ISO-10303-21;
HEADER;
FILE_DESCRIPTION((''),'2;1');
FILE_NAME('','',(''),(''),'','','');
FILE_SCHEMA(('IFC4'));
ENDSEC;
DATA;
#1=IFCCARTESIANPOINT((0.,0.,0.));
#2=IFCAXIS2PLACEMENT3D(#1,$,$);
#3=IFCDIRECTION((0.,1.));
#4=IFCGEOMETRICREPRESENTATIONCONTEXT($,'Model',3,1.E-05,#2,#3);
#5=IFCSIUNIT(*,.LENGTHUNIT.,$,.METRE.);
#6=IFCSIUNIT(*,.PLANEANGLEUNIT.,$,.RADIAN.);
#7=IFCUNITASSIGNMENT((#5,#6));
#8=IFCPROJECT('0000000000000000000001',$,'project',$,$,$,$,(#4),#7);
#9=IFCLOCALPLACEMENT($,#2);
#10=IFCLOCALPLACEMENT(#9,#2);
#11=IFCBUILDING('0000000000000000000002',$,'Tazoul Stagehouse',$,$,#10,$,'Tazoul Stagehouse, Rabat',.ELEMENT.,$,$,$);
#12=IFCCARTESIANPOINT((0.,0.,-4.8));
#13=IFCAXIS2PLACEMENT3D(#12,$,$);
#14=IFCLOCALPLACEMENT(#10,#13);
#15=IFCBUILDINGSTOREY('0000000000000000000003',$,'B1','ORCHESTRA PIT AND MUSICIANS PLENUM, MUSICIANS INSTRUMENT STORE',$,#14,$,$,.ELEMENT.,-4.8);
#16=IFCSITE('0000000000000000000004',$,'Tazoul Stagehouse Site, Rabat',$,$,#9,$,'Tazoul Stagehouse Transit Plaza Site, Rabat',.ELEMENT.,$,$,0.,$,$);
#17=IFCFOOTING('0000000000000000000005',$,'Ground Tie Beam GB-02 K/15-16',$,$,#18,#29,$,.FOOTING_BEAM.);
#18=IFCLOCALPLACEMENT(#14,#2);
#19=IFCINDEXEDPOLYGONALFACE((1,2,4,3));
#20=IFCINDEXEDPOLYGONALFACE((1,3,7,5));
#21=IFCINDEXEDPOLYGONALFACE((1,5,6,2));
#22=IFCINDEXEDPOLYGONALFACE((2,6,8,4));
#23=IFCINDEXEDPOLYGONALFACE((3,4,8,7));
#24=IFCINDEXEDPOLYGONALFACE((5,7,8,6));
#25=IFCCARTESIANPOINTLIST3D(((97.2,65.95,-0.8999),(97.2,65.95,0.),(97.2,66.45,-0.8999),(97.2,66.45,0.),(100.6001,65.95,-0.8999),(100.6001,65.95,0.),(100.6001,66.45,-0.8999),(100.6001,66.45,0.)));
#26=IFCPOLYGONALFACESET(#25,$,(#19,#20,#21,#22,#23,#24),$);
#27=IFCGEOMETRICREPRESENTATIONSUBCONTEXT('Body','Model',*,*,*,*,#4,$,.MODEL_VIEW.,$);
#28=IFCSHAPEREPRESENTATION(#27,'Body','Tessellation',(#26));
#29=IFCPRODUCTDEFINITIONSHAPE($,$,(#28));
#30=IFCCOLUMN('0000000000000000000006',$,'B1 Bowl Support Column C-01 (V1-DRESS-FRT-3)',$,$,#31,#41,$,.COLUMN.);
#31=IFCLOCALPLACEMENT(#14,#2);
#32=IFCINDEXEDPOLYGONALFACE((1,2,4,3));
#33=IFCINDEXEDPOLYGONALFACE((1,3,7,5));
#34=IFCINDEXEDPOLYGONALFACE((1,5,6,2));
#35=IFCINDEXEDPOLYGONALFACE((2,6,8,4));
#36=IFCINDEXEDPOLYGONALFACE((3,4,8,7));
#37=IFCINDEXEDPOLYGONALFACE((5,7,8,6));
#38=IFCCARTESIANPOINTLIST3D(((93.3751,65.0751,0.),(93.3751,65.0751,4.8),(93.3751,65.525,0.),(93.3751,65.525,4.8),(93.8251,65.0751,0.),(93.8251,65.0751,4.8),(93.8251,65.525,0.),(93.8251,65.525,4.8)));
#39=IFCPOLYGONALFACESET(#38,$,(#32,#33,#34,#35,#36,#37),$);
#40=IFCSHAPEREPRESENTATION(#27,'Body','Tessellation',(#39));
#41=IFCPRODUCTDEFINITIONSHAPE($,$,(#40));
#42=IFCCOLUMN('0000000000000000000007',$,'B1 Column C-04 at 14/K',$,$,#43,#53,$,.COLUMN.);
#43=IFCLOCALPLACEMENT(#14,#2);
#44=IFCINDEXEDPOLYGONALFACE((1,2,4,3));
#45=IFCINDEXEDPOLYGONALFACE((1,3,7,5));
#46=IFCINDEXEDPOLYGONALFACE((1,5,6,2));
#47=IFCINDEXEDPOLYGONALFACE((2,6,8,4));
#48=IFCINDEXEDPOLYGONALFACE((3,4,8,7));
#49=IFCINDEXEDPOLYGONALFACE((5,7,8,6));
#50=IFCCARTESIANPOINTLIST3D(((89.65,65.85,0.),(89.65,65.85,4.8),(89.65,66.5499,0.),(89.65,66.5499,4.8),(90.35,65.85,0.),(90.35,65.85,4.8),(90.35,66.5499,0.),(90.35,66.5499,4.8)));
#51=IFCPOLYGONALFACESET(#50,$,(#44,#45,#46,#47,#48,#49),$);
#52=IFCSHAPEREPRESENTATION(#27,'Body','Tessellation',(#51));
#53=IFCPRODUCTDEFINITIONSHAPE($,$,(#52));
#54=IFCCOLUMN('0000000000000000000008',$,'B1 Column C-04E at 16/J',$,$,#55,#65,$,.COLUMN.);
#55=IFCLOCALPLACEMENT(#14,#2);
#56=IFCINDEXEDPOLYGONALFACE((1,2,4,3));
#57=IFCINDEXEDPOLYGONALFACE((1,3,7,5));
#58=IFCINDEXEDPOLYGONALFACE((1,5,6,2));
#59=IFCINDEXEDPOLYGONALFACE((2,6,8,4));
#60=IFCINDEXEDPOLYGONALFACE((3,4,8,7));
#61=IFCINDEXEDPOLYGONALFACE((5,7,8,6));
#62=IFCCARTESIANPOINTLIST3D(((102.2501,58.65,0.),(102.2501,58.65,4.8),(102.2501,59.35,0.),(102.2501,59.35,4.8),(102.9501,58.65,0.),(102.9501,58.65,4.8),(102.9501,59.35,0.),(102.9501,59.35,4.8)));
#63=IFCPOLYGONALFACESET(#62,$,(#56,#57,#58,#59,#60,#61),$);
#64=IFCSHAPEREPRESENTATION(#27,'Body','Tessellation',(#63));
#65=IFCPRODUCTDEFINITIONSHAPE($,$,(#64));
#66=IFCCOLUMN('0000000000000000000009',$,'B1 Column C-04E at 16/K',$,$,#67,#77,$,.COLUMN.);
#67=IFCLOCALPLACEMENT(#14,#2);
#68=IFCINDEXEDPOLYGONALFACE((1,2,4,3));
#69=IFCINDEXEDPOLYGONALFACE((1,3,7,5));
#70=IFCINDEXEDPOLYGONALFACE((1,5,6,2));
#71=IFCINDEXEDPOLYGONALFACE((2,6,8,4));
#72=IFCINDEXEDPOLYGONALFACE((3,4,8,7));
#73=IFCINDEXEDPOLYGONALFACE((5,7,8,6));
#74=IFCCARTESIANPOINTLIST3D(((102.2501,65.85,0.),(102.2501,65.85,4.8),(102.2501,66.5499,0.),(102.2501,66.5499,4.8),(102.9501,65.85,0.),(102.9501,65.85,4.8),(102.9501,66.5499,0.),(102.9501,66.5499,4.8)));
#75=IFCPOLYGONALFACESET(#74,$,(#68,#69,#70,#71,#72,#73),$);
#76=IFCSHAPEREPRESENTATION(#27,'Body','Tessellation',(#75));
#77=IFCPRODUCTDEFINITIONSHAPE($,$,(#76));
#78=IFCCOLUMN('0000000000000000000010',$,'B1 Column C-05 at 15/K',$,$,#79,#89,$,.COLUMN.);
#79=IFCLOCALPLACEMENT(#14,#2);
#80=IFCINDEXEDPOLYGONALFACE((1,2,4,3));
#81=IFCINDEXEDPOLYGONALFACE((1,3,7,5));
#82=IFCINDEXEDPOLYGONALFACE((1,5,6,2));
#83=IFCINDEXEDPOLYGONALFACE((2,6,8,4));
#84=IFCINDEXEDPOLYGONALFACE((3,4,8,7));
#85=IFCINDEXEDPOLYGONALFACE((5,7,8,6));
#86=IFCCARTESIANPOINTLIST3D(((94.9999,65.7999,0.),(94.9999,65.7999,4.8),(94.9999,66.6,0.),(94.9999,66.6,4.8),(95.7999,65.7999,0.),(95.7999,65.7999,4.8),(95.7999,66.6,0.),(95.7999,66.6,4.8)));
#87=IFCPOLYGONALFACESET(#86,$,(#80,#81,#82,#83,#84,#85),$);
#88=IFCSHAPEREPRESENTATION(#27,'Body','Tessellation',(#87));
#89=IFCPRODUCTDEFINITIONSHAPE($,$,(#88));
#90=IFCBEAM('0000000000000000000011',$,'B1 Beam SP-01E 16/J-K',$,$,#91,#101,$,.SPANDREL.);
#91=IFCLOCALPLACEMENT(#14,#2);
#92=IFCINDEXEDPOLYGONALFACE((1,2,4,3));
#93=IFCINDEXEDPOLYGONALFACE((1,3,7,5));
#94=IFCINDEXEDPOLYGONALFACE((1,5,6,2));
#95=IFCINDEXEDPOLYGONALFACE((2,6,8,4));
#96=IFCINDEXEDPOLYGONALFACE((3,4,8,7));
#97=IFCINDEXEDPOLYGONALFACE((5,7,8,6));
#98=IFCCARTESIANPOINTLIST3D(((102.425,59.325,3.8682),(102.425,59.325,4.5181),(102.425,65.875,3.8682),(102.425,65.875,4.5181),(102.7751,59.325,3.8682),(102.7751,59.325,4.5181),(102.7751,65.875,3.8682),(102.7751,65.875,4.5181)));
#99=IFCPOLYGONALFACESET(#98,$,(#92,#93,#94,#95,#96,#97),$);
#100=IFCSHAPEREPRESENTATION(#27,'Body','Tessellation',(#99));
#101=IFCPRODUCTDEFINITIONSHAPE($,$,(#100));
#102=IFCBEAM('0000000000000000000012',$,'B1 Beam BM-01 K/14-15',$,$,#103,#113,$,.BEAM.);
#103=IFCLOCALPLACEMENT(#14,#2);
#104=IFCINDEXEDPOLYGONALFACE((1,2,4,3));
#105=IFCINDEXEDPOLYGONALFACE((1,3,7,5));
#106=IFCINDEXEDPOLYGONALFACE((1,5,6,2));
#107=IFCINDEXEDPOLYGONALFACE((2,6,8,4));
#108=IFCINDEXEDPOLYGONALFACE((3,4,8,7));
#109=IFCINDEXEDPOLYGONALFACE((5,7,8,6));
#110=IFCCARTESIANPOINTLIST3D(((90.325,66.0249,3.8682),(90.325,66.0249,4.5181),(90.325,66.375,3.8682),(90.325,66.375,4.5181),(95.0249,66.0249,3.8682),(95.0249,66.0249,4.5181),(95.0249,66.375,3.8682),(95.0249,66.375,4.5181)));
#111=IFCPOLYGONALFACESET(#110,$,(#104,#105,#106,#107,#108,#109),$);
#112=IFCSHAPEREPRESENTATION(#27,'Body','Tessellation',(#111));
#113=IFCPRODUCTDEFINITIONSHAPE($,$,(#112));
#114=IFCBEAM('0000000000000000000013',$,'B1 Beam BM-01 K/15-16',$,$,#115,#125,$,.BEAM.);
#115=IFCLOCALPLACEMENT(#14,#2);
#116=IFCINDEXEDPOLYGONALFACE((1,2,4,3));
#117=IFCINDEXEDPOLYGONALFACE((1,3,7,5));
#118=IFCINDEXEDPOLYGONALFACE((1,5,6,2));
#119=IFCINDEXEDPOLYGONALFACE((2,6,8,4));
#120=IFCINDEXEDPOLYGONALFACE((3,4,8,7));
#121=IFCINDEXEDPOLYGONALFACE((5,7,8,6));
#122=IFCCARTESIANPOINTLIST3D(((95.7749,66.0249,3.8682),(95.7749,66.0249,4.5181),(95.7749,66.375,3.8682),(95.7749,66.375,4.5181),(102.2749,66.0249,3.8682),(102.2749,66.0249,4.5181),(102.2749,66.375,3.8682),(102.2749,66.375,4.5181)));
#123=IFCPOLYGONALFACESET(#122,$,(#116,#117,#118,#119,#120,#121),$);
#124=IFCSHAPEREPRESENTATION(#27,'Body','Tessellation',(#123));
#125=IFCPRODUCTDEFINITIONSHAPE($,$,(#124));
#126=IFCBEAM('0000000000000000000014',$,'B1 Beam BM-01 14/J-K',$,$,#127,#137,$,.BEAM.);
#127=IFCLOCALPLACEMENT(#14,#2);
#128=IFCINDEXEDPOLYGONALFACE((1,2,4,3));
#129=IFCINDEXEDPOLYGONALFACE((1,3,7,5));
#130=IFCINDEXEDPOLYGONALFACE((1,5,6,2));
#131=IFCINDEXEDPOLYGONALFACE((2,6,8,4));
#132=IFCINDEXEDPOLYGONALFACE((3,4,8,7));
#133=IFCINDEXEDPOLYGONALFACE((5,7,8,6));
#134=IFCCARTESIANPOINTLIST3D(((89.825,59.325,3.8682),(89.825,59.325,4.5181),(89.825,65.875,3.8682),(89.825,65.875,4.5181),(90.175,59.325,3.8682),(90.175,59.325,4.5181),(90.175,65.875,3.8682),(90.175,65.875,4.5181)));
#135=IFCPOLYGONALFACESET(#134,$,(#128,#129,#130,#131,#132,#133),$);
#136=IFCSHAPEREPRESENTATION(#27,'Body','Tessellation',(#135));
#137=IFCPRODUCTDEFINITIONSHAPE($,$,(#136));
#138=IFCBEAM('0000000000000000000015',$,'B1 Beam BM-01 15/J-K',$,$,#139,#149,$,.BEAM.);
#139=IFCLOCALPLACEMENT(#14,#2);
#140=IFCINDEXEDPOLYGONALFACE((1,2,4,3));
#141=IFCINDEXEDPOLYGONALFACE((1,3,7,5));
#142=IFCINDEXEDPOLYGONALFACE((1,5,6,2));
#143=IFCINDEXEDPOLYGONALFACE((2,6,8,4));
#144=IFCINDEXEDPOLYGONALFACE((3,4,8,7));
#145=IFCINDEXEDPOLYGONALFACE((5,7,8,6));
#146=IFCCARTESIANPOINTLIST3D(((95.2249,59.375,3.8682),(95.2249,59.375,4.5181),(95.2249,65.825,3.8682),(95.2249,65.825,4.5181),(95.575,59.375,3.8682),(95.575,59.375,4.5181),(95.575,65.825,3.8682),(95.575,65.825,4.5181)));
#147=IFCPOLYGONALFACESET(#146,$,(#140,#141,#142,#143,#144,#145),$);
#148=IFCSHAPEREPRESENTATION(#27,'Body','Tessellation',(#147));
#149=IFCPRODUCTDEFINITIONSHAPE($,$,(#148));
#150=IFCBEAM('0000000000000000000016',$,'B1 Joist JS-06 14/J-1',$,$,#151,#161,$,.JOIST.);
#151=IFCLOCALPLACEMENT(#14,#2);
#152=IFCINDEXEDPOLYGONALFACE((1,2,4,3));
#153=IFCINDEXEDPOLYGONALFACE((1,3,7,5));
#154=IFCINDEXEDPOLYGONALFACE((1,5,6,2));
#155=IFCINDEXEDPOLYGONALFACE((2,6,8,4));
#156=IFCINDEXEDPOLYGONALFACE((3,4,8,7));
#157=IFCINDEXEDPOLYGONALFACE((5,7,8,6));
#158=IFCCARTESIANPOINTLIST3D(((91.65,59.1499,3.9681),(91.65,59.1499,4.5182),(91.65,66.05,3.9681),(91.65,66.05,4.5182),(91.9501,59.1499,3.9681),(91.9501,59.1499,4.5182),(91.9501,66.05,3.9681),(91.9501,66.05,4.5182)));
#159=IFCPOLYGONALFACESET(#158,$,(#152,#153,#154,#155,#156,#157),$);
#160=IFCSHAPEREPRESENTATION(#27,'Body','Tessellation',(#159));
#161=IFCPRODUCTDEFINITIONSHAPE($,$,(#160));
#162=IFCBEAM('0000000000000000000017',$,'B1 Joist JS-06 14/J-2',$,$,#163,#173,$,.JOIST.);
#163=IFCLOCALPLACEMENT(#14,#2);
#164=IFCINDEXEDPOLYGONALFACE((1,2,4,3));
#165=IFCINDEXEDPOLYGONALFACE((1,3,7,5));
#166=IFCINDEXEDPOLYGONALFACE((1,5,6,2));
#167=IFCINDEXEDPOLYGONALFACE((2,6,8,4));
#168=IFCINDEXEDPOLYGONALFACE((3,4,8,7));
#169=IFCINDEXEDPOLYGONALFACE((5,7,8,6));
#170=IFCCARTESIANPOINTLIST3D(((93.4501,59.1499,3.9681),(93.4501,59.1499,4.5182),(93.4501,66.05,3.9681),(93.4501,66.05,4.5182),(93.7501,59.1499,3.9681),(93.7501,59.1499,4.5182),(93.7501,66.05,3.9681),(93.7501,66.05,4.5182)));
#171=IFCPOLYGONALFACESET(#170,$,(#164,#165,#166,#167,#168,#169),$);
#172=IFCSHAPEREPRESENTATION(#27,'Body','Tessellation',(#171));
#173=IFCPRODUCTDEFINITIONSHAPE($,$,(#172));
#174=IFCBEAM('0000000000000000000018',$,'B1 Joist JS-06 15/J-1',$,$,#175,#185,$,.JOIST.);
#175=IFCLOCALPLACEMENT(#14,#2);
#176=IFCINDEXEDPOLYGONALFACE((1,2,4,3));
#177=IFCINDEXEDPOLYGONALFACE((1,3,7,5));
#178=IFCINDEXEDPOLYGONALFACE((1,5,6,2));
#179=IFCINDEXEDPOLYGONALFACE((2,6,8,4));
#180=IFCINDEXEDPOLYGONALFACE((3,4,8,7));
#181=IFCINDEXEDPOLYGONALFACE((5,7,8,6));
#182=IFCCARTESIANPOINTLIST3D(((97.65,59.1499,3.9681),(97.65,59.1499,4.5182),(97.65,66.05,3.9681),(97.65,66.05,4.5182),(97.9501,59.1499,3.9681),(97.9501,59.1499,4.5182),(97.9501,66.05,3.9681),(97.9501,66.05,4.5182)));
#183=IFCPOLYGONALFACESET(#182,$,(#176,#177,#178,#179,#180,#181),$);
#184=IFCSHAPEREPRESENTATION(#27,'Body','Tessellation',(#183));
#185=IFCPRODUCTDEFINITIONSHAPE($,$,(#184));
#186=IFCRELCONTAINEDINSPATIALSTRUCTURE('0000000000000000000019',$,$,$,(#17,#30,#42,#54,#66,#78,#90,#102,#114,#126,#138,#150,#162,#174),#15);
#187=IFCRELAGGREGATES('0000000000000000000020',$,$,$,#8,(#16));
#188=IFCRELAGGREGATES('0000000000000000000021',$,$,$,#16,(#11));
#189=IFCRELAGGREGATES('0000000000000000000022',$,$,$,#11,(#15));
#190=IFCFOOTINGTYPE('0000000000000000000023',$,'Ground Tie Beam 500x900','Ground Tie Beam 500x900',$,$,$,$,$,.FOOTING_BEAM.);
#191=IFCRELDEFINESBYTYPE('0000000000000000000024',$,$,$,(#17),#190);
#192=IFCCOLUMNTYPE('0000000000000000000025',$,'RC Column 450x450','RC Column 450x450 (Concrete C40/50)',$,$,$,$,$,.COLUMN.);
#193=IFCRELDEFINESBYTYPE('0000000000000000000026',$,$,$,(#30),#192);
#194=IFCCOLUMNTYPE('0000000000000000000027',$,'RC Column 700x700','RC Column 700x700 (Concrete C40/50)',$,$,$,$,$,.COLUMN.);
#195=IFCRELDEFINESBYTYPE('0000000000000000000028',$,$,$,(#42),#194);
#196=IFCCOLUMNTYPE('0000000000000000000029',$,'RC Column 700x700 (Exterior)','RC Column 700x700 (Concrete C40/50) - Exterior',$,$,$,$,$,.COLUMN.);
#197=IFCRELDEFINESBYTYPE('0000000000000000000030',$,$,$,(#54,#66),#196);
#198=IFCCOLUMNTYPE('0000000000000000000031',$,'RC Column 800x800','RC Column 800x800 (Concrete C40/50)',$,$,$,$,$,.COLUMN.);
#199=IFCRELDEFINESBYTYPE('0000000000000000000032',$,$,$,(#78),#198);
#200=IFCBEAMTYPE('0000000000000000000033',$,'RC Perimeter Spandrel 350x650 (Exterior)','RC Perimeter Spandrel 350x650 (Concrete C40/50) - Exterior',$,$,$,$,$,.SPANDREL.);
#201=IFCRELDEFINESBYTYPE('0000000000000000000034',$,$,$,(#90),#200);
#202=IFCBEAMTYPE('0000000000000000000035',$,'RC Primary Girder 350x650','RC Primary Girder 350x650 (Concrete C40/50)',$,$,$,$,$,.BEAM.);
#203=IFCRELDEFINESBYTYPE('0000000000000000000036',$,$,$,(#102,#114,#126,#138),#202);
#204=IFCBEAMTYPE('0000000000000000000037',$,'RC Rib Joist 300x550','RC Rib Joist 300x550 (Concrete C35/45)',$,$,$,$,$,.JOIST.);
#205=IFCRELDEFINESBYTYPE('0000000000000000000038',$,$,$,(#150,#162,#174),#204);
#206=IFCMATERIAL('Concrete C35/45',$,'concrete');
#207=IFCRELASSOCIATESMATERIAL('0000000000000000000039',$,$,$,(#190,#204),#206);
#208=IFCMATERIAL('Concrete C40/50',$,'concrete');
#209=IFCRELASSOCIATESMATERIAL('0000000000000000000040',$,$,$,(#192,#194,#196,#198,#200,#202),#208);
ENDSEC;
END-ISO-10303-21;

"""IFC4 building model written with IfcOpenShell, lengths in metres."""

from ifc_helpers import new_model, si_unit, direction, frame, origin, origin_2d, place, context, subcontext, project, spatial, rectangle, extrude, material, material_profile, profile_set, type_object, element, save


model = new_model("IFC4")

# Units and contexts
model_context = context("Model", 3, precision=1e-05, world=origin(), true_north=direction((0.0, 1.0)))
body_context = subcontext(model_context, "Body", "Model", "MODEL_VIEW")
ifc_project = project(units=[si_unit("LENGTHUNIT", "METRE"), si_unit("PLANEANGLEUNIT", "RADIAN")], contexts=[model_context])

# Site, building, storey
site_placement = place(None, origin())
site = spatial("IfcSite", under=ifc_project, at=site_placement, Name="Tazoul Stagehouse Site, Rabat", LongName="Tazoul Stagehouse Transit Plaza Site, Rabat", CompositionType="ELEMENT", RefElevation=0.0)
building_placement = place(site_placement, origin())
building = spatial("IfcBuilding", under=site, at=building_placement, Name="Tazoul Stagehouse", LongName="Tazoul Stagehouse, Rabat", CompositionType="ELEMENT")
storey_placement = place(building_placement, frame((0.0, 0.0, -4.8)))
storey = spatial("IfcBuildingStorey", under=building, at=storey_placement, Name="B1", Description="ORCHESTRA PIT AND MUSICIANS PLENUM, MUSICIANS INSTRUMENT STORE", CompositionType="ELEMENT", Elevation=-4.8)

# Shared definitions
ifc_material_1 = material(Name="Concrete C35/45", Category="concrete")

# Footing
ifc_material_profile_1 = material_profile(ifc_material_1, rectangle(XDim=0.5, YDim=0.8999, at=origin_2d()), Name="RC 500x900")
ifc_profile_set_1 = profile_set([ifc_material_profile_1], Name="Concrete C35/45")
footing_type_1 = type_object("IfcFootingType", Name="Ground Tie Beam 500x900", Description="Ground Tie Beam 500x900", PredefinedType="FOOTING_BEAM", material=ifc_profile_set_1)
footing_1_placement = place(storey_placement, frame((97.2, 66.2, -0.45), z_axis=(1.0, 0.0, 0.0), x_axis=(0.0, 1.0, 0.0)))
element("IfcFooting", 1, at=footing_1_placement, inside=storey, type_object=footing_type_1, Name="Ground Tie Beam GB-02 K/15-16", PredefinedType="FOOTING_BEAM", context=body_context, shape_type="SweptSolid", body=[
    extrude(rectangle(XDim=0.5, YDim=0.8999, at=origin_2d()), origin(), (0.0, 0.0, 1.0), 3.4001),
])

# Columns
ifc_material_2 = material(Name="Concrete C40/50", Category="concrete")
ifc_material_profile_2 = material_profile(ifc_material_2, rectangle(XDim=0.45, YDim=0.45, at=origin_2d()), Name="RC 450x450")
ifc_profile_set_2 = profile_set([ifc_material_profile_2], Name="Concrete C40/50")
column_type_1 = type_object("IfcColumnType", Name="RC Column 450x450", Description="RC Column 450x450 (Concrete C40/50)", PredefinedType="COLUMN", material=ifc_profile_set_2)
column_1_placement = place(storey_placement, frame((93.6001, 65.3, 0.0), z_axis=(0.0, 0.0, 1.0), x_axis=(1.0, 0.0, 0.0)))
element("IfcColumn", 2, at=column_1_placement, inside=storey, type_object=column_type_1, Name="B1 Bowl Support Column C-01 (V1-DRESS-FRT-3)", PredefinedType="COLUMN", context=body_context, shape_type="SweptSolid", body=[
    extrude(rectangle(XDim=0.45, YDim=0.45, at=origin_2d()), origin(), (0.0, 0.0, 1.0), 4.8),
])
ifc_material_profile_3 = material_profile(ifc_material_2, rectangle(XDim=0.7, YDim=0.7, at=origin_2d()), Name="RC 700x700")
ifc_profile_set_3 = profile_set([ifc_material_profile_3], Name="Concrete C40/50")
column_type_2 = type_object("IfcColumnType", Name="RC Column 700x700", Description="RC Column 700x700 (Concrete C40/50)", PredefinedType="COLUMN", material=ifc_profile_set_3)
column_2_placement = place(storey_placement, frame((90.0, 66.2, 0.0), z_axis=(0.0, 0.0, 1.0), x_axis=(1.0, 0.0, 0.0)))
element("IfcColumn", 3, at=column_2_placement, inside=storey, type_object=column_type_2, Name="B1 Column C-04 at 14/K", PredefinedType="COLUMN", context=body_context, shape_type="SweptSolid", body=[
    extrude(rectangle(XDim=0.7, YDim=0.7, at=origin_2d()), origin(), (0.0, 0.0, 1.0), 4.8),
])
ifc_material_profile_4 = material_profile(ifc_material_2, rectangle(XDim=0.7, YDim=0.7, at=origin_2d()), Name="RC 700x700")
ifc_profile_set_4 = profile_set([ifc_material_profile_4], Name="Concrete C40/50")
column_type_3 = type_object("IfcColumnType", Name="RC Column 700x700 (Exterior)", Description="RC Column 700x700 (Concrete C40/50) - Exterior", PredefinedType="COLUMN", material=ifc_profile_set_4)
for number, where, z_axis, x_axis, name in (
    (4, (102.6001, 59.0, 0.0), (0.0, 0.0, 1.0), (1.0, 0.0, 0.0), "B1 Column C-04E at 16/J"),
    (5, (102.6001, 66.2, 0.0), (0.0, 0.0, 1.0), (1.0, 0.0, 0.0), "B1 Column C-04E at 16/K"),
):
    element("IfcColumn", number, at=place(storey_placement, frame(where, z_axis=z_axis, x_axis=x_axis)), inside=storey, type_object=column_type_3, Name=name, PredefinedType="COLUMN", context=body_context, shape_type="SweptSolid", body=[
        extrude(rectangle(XDim=0.7, YDim=0.7, at=origin_2d()), origin(), (0.0, 0.0, 1.0), 4.8),
    ])
ifc_material_profile_5 = material_profile(ifc_material_2, rectangle(XDim=0.8, YDim=0.8, at=origin_2d()), Name="RC 800x800")
ifc_profile_set_5 = profile_set([ifc_material_profile_5], Name="Concrete C40/50")
column_type_4 = type_object("IfcColumnType", Name="RC Column 800x800", Description="RC Column 800x800 (Concrete C40/50)", PredefinedType="COLUMN", material=ifc_profile_set_5)
column_3_placement = place(storey_placement, frame((95.3999, 66.2, 0.0), z_axis=(0.0, 0.0, 1.0), x_axis=(1.0, 0.0, 0.0)))
element("IfcColumn", 6, at=column_3_placement, inside=storey, type_object=column_type_4, Name="B1 Column C-05 at 15/K", PredefinedType="COLUMN", context=body_context, shape_type="SweptSolid", body=[
    extrude(rectangle(XDim=0.8, YDim=0.8, at=origin_2d()), origin(), (0.0, 0.0, 1.0), 4.8),
])

# Beams
ifc_material_profile_6 = material_profile(ifc_material_2, rectangle(XDim=0.3501, YDim=0.6499, at=origin_2d()), Name="RC 350x650")
ifc_profile_set_6 = profile_set([ifc_material_profile_6], Name="Concrete C40/50")
beam_type_1 = type_object("IfcBeamType", Name="RC Perimeter Spandrel 350x650 (Exterior)", Description="RC Perimeter Spandrel 350x650 (Concrete C40/50) - Exterior", PredefinedType="SPANDREL", material=ifc_profile_set_6)
beam_1_placement = place(storey_placement, frame((102.6001, 59.325, 4.1931), z_axis=(0.0, 1.0, 0.0), x_axis=(-1.0, 0.0, 0.0)))
element("IfcBeam", 7, at=beam_1_placement, inside=storey, type_object=beam_type_1, Name="B1 Beam SP-01E 16/J-K", PredefinedType="SPANDREL", context=body_context, shape_type="SweptSolid", body=[
    extrude(rectangle(XDim=0.3501, YDim=0.6499, at=origin_2d()), origin(), (0.0, 0.0, 1.0), 6.55),
])
ifc_material_profile_7 = material_profile(ifc_material_2, rectangle(XDim=0.3501, YDim=0.6499, at=origin_2d()), Name="RC 350x650")
ifc_profile_set_7 = profile_set([ifc_material_profile_7], Name="Concrete C40/50")
beam_type_2 = type_object("IfcBeamType", Name="RC Primary Girder 350x650", Description="RC Primary Girder 350x650 (Concrete C40/50)", PredefinedType="BEAM", material=ifc_profile_set_7)
beam_2_placement = place(storey_placement, frame((90.325, 66.2, 4.1931), z_axis=(1.0, 0.0, 0.0), x_axis=(0.0, 1.0, 0.0)))
element("IfcBeam", 8, at=beam_2_placement, inside=storey, type_object=beam_type_2, Name="B1 Beam BM-01 K/14-15", PredefinedType="BEAM", context=body_context, shape_type="SweptSolid", body=[
    extrude(rectangle(XDim=0.3501, YDim=0.6499, at=origin_2d()), origin(), (0.0, 0.0, 1.0), 4.7),
])
beam_3_placement = place(storey_placement, frame((95.7749, 66.2, 4.1931), z_axis=(1.0, 0.0, 0.0), x_axis=(0.0, 1.0, 0.0)))
element("IfcBeam", 9, at=beam_3_placement, inside=storey, type_object=beam_type_2, Name="B1 Beam BM-01 K/15-16", PredefinedType="BEAM", context=body_context, shape_type="SweptSolid", body=[
    extrude(rectangle(XDim=0.3501, YDim=0.6499, at=origin_2d()), origin(), (0.0, 0.0, 1.0), 6.5),
])
beam_4_placement = place(storey_placement, frame((90.0, 59.325, 4.1931), z_axis=(0.0, 1.0, 0.0), x_axis=(-1.0, 0.0, 0.0)))
element("IfcBeam", 10, at=beam_4_placement, inside=storey, type_object=beam_type_2, Name="B1 Beam BM-01 14/J-K", PredefinedType="BEAM", context=body_context, shape_type="SweptSolid", body=[
    extrude(rectangle(XDim=0.3501, YDim=0.6499, at=origin_2d()), origin(), (0.0, 0.0, 1.0), 6.55),
])
beam_5_placement = place(storey_placement, frame((95.3999, 59.375, 4.1931), z_axis=(0.0, 1.0, 0.0), x_axis=(-1.0, 0.0, 0.0)))
element("IfcBeam", 11, at=beam_5_placement, inside=storey, type_object=beam_type_2, Name="B1 Beam BM-01 15/J-K", PredefinedType="BEAM", context=body_context, shape_type="SweptSolid", body=[
    extrude(rectangle(XDim=0.3501, YDim=0.6499, at=origin_2d()), origin(), (0.0, 0.0, 1.0), 6.45),
])
ifc_material_profile_8 = material_profile(ifc_material_1, rectangle(XDim=0.3, YDim=0.55, at=origin_2d()), Name="RC 300x550")
ifc_profile_set_8 = profile_set([ifc_material_profile_8], Name="Concrete C35/45")
beam_type_3 = type_object("IfcBeamType", Name="RC Rib Joist 300x550", Description="RC Rib Joist 300x550 (Concrete C35/45)", PredefinedType="JOIST", material=ifc_profile_set_8)
for number, where, z_axis, x_axis, name in (
    (12, (91.8, 59.1499, 4.2432), (0.0, 1.0, 0.0), (-1.0, 0.0, 0.0), "B1 Joist JS-06 14/J-1"),
    (13, (93.6001, 59.1499, 4.2432), (0.0, 1.0, 0.0), (-1.0, 0.0, 0.0), "B1 Joist JS-06 14/J-2"),
    (14, (97.8, 59.1499, 4.2432), (0.0, 1.0, 0.0), (-1.0, 0.0, 0.0), "B1 Joist JS-06 15/J-1"),
):
    element("IfcBeam", number, at=place(storey_placement, frame(where, z_axis=z_axis, x_axis=x_axis)), inside=storey, type_object=beam_type_3, Name=name, PredefinedType="JOIST", context=body_context, shape_type="SweptSolid", body=[
        extrude(rectangle(XDim=0.3, YDim=0.55, at=origin_2d()), origin(), (0.0, 0.0, 1.0), 6.9001),
    ])

save(model, "model.ifc")
